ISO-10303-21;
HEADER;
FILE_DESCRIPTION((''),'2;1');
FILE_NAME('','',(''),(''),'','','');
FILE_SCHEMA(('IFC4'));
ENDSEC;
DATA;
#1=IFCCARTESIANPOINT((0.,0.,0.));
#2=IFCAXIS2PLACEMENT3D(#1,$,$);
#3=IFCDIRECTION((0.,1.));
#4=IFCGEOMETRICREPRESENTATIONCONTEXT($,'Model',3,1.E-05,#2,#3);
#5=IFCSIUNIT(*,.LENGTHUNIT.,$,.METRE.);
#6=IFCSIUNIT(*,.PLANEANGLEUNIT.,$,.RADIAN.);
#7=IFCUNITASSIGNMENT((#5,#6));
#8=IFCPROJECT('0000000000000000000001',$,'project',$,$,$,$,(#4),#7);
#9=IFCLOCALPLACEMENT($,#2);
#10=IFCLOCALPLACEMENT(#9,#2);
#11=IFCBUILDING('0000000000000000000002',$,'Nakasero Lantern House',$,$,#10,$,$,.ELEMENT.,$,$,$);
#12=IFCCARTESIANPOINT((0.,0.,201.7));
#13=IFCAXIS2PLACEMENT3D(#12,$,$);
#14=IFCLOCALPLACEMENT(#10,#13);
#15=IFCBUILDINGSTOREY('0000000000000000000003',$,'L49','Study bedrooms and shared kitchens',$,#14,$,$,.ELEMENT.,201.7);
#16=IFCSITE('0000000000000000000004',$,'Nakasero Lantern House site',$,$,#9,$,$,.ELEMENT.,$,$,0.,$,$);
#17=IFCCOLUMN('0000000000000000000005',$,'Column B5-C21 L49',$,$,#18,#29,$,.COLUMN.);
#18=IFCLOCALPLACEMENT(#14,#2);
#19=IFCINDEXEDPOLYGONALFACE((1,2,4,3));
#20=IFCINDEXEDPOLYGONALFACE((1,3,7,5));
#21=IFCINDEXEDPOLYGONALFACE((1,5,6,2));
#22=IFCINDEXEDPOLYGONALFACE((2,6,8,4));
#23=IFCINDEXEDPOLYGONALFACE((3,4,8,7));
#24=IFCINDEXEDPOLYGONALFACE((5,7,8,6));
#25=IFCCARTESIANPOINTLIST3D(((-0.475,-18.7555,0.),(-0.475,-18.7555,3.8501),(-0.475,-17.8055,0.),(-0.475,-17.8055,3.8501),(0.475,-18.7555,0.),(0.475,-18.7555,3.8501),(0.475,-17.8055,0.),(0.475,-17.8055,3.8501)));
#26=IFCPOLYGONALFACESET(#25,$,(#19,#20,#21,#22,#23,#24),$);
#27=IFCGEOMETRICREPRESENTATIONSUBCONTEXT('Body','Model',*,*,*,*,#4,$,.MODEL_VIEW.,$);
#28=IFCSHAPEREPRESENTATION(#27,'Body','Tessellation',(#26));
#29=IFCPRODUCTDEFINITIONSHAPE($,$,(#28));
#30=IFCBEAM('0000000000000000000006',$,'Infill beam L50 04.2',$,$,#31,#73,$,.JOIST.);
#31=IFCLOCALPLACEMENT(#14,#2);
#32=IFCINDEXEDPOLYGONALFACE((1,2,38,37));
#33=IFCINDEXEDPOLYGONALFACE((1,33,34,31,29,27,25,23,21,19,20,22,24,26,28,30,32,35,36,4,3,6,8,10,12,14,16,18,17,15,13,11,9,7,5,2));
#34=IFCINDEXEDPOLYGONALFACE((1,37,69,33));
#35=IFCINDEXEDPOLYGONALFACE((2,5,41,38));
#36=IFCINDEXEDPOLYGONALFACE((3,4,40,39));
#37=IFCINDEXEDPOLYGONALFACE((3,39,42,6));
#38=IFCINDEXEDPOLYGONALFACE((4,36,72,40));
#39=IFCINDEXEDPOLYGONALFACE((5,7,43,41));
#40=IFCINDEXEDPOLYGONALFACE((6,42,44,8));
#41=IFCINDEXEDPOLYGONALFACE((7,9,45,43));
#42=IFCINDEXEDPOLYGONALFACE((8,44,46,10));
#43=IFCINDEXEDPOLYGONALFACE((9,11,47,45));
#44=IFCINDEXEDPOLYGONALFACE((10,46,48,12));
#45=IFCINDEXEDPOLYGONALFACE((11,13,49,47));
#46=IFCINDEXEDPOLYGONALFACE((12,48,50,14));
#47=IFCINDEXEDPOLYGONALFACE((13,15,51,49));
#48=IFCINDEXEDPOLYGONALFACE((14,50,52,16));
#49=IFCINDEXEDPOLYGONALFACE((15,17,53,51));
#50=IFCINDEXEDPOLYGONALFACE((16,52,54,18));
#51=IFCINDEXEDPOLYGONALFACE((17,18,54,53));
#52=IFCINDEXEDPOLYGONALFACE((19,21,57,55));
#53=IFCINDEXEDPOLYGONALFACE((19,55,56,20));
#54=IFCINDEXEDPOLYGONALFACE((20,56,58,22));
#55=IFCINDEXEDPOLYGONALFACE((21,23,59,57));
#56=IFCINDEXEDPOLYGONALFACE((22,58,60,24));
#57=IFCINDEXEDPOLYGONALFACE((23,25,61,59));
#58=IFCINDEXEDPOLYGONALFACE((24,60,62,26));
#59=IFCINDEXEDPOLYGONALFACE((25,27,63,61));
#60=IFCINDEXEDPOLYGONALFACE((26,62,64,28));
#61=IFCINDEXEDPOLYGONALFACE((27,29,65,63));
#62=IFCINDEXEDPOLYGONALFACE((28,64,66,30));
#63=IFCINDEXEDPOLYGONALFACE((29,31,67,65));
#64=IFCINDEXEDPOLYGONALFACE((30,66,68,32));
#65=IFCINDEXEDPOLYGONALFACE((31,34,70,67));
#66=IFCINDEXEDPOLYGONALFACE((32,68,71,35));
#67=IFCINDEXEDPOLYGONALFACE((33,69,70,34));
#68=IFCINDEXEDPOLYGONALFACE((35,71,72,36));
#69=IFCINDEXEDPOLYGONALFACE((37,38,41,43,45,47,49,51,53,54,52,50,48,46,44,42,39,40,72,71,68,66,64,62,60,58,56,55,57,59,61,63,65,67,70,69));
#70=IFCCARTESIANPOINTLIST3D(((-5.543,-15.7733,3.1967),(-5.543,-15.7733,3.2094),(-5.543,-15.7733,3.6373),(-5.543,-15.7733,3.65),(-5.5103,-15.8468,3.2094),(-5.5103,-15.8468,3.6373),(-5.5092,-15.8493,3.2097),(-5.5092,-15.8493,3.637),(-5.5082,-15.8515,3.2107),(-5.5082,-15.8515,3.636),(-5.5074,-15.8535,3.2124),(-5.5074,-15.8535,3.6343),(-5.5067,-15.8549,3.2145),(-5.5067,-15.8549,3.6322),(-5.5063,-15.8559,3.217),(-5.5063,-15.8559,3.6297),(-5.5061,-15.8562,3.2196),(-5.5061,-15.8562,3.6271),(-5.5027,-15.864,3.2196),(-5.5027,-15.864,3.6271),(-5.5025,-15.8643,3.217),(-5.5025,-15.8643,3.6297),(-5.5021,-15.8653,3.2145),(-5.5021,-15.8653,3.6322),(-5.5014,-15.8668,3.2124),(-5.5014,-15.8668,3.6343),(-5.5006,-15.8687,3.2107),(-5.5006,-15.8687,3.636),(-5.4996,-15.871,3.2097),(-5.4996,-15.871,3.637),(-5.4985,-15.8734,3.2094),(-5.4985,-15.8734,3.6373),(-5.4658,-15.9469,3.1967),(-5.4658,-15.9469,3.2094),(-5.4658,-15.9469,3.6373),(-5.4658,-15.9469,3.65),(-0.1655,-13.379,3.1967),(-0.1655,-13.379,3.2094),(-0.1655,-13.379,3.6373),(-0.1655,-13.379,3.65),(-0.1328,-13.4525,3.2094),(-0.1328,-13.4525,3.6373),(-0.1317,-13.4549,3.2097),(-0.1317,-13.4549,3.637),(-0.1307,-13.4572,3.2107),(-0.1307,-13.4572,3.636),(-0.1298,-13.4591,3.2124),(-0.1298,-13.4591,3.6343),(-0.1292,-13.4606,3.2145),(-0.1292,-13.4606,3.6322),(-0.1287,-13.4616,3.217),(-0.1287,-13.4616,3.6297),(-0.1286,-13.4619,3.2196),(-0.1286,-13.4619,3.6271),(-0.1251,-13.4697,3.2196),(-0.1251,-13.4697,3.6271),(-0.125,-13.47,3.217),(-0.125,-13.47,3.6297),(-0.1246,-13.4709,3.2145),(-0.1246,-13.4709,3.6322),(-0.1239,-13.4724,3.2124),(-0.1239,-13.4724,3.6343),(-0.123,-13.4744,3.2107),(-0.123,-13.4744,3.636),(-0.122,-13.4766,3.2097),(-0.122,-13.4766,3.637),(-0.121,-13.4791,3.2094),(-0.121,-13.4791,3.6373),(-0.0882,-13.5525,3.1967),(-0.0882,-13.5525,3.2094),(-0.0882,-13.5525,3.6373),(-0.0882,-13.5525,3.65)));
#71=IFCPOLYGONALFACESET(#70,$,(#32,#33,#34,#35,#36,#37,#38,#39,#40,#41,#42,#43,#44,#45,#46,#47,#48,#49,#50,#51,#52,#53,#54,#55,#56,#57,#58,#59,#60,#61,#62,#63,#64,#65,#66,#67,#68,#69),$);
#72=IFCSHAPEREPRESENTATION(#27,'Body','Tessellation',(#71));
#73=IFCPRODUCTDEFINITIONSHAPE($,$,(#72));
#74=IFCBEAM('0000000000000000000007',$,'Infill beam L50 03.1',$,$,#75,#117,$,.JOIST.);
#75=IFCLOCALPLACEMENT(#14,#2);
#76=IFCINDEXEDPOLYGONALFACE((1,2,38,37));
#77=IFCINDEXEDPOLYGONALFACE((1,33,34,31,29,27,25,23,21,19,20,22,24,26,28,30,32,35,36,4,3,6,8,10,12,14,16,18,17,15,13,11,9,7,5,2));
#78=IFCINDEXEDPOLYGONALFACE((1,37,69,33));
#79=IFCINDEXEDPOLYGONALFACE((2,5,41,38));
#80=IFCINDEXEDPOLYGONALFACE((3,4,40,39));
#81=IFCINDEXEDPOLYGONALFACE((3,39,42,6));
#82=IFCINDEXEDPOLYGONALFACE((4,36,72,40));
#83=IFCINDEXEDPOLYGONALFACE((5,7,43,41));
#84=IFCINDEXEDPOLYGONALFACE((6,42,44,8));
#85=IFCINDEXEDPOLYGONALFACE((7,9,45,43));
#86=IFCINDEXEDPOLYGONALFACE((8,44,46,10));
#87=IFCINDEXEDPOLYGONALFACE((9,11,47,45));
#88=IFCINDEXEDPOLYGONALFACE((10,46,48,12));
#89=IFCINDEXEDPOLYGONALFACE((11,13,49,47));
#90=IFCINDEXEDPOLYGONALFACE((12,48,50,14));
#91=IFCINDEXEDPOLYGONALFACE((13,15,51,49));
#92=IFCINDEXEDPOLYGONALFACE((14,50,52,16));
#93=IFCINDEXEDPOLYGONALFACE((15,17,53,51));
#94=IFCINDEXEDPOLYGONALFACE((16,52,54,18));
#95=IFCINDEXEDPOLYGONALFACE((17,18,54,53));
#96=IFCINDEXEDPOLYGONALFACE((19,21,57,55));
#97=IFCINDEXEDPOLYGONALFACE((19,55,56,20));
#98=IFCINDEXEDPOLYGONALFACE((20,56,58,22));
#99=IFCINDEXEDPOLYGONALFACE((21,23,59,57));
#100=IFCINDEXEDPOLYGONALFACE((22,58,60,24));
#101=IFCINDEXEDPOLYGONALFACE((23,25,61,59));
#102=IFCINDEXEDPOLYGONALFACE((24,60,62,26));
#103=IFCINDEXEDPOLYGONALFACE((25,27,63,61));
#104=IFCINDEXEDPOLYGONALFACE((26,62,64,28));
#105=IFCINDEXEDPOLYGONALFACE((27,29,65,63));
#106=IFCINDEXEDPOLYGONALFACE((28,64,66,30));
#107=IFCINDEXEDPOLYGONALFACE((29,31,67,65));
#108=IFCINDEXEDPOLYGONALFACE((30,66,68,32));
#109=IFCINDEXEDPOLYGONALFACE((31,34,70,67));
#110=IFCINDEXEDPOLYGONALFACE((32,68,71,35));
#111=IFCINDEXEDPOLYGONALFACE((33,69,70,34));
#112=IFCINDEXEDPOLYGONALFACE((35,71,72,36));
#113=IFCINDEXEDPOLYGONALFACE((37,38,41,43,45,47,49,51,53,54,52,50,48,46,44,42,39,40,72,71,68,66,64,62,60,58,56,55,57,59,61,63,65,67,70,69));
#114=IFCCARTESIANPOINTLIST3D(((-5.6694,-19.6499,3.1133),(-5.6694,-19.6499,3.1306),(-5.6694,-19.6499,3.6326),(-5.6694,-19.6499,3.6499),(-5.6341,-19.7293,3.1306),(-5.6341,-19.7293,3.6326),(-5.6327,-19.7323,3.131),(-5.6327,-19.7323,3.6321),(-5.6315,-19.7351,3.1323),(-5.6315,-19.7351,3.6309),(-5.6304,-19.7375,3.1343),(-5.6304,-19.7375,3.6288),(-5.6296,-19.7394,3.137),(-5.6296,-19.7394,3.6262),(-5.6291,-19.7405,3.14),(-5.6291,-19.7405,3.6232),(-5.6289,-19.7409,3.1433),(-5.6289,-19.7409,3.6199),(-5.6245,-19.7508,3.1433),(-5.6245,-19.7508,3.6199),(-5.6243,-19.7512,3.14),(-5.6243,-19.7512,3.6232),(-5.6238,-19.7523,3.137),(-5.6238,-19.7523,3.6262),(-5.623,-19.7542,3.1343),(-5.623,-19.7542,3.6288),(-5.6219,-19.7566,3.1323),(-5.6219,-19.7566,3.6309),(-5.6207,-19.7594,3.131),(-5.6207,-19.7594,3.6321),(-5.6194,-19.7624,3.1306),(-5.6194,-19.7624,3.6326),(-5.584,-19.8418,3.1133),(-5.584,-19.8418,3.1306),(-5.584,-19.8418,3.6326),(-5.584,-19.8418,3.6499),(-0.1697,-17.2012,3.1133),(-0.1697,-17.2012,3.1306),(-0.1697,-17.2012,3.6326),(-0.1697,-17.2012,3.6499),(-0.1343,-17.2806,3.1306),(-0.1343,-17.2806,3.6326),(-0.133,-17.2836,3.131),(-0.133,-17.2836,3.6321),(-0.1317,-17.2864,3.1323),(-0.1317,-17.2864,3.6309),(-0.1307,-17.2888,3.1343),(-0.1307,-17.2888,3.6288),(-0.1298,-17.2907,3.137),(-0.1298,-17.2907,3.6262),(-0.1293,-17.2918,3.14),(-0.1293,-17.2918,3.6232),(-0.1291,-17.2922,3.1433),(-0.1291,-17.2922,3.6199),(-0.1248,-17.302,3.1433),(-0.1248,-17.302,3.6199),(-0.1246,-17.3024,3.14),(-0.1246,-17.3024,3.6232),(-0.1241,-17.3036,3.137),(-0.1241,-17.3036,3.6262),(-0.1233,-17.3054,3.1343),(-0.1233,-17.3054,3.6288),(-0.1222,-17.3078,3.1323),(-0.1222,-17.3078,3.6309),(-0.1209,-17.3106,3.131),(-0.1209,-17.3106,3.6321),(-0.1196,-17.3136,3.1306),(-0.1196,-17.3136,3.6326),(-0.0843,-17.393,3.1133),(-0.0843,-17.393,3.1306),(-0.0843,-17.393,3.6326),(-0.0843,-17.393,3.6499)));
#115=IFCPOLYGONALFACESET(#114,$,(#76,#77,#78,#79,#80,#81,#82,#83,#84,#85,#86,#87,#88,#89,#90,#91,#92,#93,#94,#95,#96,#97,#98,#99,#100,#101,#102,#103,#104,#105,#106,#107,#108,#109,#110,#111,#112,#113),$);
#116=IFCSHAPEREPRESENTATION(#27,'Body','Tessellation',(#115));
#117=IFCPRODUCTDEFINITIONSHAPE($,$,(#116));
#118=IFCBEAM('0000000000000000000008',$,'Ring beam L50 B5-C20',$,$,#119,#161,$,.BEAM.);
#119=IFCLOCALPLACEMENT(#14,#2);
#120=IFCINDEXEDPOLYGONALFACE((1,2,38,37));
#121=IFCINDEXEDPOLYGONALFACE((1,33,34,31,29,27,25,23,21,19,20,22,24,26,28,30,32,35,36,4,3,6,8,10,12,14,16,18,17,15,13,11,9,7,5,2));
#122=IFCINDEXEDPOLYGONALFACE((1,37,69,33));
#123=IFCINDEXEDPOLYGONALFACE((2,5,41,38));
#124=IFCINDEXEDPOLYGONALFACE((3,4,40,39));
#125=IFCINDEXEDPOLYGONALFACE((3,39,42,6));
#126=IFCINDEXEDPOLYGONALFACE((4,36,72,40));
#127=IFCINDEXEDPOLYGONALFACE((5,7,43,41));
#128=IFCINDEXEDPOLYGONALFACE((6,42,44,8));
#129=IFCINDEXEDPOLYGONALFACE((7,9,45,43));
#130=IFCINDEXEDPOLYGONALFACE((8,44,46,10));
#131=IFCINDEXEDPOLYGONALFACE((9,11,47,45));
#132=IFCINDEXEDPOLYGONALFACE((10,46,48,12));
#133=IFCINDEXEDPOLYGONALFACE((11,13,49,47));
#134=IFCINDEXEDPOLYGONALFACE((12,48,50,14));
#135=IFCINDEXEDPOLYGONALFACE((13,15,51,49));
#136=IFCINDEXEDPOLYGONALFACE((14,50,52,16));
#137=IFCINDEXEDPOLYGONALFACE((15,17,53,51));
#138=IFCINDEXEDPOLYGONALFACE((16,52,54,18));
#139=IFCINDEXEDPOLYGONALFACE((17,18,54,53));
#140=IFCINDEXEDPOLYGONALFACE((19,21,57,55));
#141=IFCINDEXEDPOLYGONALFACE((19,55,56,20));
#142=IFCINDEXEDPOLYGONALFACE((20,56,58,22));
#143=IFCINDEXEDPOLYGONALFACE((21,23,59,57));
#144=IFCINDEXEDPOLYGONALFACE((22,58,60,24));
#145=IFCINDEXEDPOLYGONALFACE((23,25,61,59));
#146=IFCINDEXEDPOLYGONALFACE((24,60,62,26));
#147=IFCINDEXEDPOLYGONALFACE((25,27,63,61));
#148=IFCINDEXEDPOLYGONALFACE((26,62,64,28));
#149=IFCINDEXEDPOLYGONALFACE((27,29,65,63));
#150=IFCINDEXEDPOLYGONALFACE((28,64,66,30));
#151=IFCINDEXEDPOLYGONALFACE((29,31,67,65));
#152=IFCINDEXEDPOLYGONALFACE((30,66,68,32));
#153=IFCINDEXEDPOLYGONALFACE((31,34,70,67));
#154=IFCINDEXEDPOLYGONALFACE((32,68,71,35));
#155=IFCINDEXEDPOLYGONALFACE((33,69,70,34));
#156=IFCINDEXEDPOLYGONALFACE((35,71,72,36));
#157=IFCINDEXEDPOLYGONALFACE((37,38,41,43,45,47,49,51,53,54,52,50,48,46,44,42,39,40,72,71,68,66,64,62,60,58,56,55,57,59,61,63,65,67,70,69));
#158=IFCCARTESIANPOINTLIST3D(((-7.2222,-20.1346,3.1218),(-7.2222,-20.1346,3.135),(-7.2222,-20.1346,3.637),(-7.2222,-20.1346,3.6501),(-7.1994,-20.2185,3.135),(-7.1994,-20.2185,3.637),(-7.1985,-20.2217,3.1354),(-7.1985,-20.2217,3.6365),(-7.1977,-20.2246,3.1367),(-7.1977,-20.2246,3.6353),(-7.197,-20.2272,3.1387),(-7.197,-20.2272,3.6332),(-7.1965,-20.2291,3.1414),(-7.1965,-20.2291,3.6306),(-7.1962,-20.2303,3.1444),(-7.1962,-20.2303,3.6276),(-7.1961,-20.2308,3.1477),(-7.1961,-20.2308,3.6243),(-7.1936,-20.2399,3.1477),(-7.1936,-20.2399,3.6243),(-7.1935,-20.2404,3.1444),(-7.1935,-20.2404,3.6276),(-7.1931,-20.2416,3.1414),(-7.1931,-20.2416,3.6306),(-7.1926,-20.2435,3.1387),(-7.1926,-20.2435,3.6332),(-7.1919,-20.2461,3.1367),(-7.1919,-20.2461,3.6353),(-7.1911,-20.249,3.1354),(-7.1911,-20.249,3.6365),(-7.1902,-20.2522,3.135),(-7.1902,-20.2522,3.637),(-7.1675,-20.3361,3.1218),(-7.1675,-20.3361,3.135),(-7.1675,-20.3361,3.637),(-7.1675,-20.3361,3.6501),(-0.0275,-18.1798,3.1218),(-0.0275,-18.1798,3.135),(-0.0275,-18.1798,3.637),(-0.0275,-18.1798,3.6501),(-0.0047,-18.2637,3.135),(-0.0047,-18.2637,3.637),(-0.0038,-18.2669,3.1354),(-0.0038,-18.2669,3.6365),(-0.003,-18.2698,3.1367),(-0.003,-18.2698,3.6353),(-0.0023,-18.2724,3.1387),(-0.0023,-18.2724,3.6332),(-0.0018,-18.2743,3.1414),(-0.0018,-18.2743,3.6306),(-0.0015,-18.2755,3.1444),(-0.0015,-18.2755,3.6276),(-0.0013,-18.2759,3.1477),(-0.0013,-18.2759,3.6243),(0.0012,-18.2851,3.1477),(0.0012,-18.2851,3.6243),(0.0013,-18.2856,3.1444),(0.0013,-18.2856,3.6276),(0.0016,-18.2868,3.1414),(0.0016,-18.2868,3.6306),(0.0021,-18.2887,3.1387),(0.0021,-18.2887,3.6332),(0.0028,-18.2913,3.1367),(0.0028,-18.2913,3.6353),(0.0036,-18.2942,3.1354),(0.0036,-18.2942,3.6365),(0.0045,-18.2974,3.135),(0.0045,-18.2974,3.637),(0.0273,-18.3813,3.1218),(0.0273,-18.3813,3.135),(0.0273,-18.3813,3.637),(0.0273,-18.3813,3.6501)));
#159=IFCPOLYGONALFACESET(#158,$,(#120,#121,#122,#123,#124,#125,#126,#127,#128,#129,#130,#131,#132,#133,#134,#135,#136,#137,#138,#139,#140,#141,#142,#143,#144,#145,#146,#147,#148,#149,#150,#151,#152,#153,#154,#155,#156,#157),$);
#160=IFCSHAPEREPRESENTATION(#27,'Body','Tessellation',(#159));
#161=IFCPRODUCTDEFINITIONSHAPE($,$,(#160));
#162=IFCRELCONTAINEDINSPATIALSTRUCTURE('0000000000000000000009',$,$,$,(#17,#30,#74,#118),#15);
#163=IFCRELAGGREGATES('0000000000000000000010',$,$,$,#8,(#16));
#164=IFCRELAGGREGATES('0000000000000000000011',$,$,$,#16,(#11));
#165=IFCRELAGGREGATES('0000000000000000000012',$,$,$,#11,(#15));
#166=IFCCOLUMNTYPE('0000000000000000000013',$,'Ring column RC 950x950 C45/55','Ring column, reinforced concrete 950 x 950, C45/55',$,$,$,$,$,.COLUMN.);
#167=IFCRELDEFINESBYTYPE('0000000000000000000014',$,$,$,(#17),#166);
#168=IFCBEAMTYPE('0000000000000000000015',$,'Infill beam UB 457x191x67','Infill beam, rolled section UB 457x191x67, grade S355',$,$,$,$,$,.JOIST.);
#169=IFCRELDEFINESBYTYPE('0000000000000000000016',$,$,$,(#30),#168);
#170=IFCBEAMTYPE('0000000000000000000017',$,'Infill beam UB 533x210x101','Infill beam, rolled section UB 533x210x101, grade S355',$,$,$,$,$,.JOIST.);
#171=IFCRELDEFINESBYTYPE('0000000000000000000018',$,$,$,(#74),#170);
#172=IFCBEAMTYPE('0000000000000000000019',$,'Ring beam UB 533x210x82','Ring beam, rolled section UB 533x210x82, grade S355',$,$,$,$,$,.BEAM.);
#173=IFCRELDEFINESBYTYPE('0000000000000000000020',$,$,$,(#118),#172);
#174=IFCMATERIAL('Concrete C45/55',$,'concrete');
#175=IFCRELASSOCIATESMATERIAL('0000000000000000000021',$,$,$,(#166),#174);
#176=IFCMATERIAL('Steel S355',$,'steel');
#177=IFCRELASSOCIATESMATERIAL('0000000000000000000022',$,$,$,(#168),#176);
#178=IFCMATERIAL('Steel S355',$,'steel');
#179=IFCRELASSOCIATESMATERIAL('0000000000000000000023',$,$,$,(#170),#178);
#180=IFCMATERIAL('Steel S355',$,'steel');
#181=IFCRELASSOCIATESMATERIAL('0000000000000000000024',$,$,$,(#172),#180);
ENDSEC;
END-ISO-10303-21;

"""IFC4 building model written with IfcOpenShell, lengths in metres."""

from ifc_helpers import new_model, si_unit, direction, frame, origin, origin_2d, place, context, subcontext, project, spatial, rectangle, i_section, extrude, material, material_profile, profile_set, type_object, element, save


model = new_model("IFC4")

# Units and contexts
model_context = context("Model", 3, precision=1e-05, world=origin(), true_north=direction((0.0, 1.0)))
body_context = subcontext(model_context, "Body", "Model", "MODEL_VIEW")
ifc_project = project(units=[si_unit("LENGTHUNIT", "METRE"), si_unit("PLANEANGLEUNIT", "RADIAN")], contexts=[model_context])

# Site, building, storey
site_placement = place(None, origin())
site = spatial("IfcSite", under=ifc_project, at=site_placement, Name="Nakasero Lantern House site", CompositionType="ELEMENT", RefElevation=0.0)
building_placement = place(site_placement, origin())
building = spatial("IfcBuilding", under=site, at=building_placement, Name="Nakasero Lantern House", CompositionType="ELEMENT")
storey_placement = place(building_placement, frame((0.0, 0.0, 201.7)))
storey = spatial("IfcBuildingStorey", under=building, at=storey_placement, Name="L49", Description="Study bedrooms and shared kitchens", CompositionType="ELEMENT", Elevation=201.7)

# Column
ifc_material_1 = material(Name="Concrete C45/55", Category="concrete")
ifc_material_profile_1 = material_profile(ifc_material_1, rectangle(XDim=0.95, YDim=0.95, at=origin_2d()), Name="RC 950x950")
ifc_profile_set_1 = profile_set([ifc_material_profile_1], Name="Concrete C45/55")
column_type = type_object("IfcColumnType", Name="Ring column RC 950x950 C45/55", Description="Ring column, reinforced concrete 950 x 950, C45/55", PredefinedType="COLUMN", material=ifc_profile_set_1)
column_placement = place(storey_placement, frame((0.0, -18.2805, 0.0), z_axis=(0.0, 0.0, 1.0), x_axis=(1.0, 0.0, 0.0)))
element("IfcColumn", 1, at=column_placement, inside=storey, type_object=column_type, Name="Column B5-C21 L49", PredefinedType="COLUMN", context=body_context, shape_type="SweptSolid", body=[
    extrude(rectangle(XDim=0.95, YDim=0.95, at=origin_2d()), origin(), (0.0, 0.0, 1.0), 3.8501),
])

# Beams
ifc_material_2 = material(Name="Steel S355", Category="steel")
ifc_material_profile_2 = material_profile(ifc_material_2, i_section(OverallWidth=0.1899, OverallDepth=0.4534, WebThickness=0.0085, FlangeThickness=0.0127, FilletRadius=0.0103, at=origin_2d()), Name="UB 457x191x67")
ifc_profile_set_2 = profile_set([ifc_material_profile_2], Name="Steel S355")
beam_type_1 = type_object("IfcBeamType", Name="Infill beam UB 457x191x67", Description="Infill beam, rolled section UB 457x191x67, grade S355", PredefinedType="JOIST", material=ifc_profile_set_2)
beam_1_placement = place(storey_placement, frame((-5.5044, -15.8601, 3.4233), z_axis=(0.913539, 0.40675, 0.0), x_axis=(-0.40675, 0.913539, 0.0)))
element("IfcBeam", 2, at=beam_1_placement, inside=storey, type_object=beam_type_1, Name="Infill beam L50 04.2", PredefinedType="JOIST", context=body_context, shape_type="SweptSolid", body=[
    extrude(i_section(OverallWidth=0.1899, OverallDepth=0.4534, WebThickness=0.0085, FlangeThickness=0.0127, FilletRadius=0.0103, at=origin_2d()), origin(), (0.0, 0.0, 1.0), 5.8865),
])
ifc_material_3 = material(Name="Steel S355", Category="steel")
ifc_material_profile_3 = material_profile(ifc_material_3, i_section(OverallWidth=0.21, OverallDepth=0.5366, WebThickness=0.0107, FlangeThickness=0.0173, FilletRadius=0.0127, at=origin_2d()), Name="UB 533x210x101")
ifc_profile_set_3 = profile_set([ifc_material_profile_3], Name="Steel S355")
beam_type_2 = type_object("IfcBeamType", Name="Infill beam UB 533x210x101", Description="Infill beam, rolled section UB 533x210x101, grade S355", PredefinedType="JOIST", material=ifc_profile_set_3)
beam_2_placement = place(storey_placement, frame((-5.6267, -19.7458, 3.3816), z_axis=(0.91354, 0.406748, 0.0), x_axis=(-0.406748, 0.91354, 0.0)))
element("IfcBeam", 3, at=beam_2_placement, inside=storey, type_object=beam_type_2, Name="Infill beam L50 03.1", PredefinedType="JOIST", context=body_context, shape_type="SweptSolid", body=[
    extrude(i_section(OverallWidth=0.21, OverallDepth=0.5366, WebThickness=0.0107, FlangeThickness=0.0173, FilletRadius=0.0127, at=origin_2d()), origin(), (0.0, 0.0, 1.0), 6.0203),
])
ifc_material_4 = material(Name="Steel S355", Category="steel")
ifc_material_profile_4 = material_profile(ifc_material_4, i_section(OverallWidth=0.2087, OverallDepth=0.5283, WebThickness=0.0095, FlangeThickness=0.0132, FilletRadius=0.0127, at=origin_2d()), Name="UB 533x210x82")
ifc_profile_set_4 = profile_set([ifc_material_profile_4], Name="Steel S355")
beam_type_3 = type_object("IfcBeamType", Name="Ring beam UB 533x210x82", Description="Ring beam, rolled section UB 533x210x82, grade S355", PredefinedType="BEAM", material=ifc_profile_set_4)
beam_3_placement = place(storey_placement, frame((-7.1948, -20.2354, 3.386), z_axis=(0.965015, 0.262195, 0.0), x_axis=(-0.262195, 0.965015, 0.0)))
element("IfcBeam", 4, at=beam_3_placement, inside=storey, type_object=beam_type_3, Name="Ring beam L50 B5-C20", PredefinedType="BEAM", context=body_context, shape_type="SweptSolid", body=[
    extrude(i_section(OverallWidth=0.2087, OverallDepth=0.5283, WebThickness=0.0095, FlangeThickness=0.0132, FilletRadius=0.0127, at=origin_2d()), origin(), (0.0, 0.0, 1.0), 7.4556),
])

save(model, "model.ifc")
